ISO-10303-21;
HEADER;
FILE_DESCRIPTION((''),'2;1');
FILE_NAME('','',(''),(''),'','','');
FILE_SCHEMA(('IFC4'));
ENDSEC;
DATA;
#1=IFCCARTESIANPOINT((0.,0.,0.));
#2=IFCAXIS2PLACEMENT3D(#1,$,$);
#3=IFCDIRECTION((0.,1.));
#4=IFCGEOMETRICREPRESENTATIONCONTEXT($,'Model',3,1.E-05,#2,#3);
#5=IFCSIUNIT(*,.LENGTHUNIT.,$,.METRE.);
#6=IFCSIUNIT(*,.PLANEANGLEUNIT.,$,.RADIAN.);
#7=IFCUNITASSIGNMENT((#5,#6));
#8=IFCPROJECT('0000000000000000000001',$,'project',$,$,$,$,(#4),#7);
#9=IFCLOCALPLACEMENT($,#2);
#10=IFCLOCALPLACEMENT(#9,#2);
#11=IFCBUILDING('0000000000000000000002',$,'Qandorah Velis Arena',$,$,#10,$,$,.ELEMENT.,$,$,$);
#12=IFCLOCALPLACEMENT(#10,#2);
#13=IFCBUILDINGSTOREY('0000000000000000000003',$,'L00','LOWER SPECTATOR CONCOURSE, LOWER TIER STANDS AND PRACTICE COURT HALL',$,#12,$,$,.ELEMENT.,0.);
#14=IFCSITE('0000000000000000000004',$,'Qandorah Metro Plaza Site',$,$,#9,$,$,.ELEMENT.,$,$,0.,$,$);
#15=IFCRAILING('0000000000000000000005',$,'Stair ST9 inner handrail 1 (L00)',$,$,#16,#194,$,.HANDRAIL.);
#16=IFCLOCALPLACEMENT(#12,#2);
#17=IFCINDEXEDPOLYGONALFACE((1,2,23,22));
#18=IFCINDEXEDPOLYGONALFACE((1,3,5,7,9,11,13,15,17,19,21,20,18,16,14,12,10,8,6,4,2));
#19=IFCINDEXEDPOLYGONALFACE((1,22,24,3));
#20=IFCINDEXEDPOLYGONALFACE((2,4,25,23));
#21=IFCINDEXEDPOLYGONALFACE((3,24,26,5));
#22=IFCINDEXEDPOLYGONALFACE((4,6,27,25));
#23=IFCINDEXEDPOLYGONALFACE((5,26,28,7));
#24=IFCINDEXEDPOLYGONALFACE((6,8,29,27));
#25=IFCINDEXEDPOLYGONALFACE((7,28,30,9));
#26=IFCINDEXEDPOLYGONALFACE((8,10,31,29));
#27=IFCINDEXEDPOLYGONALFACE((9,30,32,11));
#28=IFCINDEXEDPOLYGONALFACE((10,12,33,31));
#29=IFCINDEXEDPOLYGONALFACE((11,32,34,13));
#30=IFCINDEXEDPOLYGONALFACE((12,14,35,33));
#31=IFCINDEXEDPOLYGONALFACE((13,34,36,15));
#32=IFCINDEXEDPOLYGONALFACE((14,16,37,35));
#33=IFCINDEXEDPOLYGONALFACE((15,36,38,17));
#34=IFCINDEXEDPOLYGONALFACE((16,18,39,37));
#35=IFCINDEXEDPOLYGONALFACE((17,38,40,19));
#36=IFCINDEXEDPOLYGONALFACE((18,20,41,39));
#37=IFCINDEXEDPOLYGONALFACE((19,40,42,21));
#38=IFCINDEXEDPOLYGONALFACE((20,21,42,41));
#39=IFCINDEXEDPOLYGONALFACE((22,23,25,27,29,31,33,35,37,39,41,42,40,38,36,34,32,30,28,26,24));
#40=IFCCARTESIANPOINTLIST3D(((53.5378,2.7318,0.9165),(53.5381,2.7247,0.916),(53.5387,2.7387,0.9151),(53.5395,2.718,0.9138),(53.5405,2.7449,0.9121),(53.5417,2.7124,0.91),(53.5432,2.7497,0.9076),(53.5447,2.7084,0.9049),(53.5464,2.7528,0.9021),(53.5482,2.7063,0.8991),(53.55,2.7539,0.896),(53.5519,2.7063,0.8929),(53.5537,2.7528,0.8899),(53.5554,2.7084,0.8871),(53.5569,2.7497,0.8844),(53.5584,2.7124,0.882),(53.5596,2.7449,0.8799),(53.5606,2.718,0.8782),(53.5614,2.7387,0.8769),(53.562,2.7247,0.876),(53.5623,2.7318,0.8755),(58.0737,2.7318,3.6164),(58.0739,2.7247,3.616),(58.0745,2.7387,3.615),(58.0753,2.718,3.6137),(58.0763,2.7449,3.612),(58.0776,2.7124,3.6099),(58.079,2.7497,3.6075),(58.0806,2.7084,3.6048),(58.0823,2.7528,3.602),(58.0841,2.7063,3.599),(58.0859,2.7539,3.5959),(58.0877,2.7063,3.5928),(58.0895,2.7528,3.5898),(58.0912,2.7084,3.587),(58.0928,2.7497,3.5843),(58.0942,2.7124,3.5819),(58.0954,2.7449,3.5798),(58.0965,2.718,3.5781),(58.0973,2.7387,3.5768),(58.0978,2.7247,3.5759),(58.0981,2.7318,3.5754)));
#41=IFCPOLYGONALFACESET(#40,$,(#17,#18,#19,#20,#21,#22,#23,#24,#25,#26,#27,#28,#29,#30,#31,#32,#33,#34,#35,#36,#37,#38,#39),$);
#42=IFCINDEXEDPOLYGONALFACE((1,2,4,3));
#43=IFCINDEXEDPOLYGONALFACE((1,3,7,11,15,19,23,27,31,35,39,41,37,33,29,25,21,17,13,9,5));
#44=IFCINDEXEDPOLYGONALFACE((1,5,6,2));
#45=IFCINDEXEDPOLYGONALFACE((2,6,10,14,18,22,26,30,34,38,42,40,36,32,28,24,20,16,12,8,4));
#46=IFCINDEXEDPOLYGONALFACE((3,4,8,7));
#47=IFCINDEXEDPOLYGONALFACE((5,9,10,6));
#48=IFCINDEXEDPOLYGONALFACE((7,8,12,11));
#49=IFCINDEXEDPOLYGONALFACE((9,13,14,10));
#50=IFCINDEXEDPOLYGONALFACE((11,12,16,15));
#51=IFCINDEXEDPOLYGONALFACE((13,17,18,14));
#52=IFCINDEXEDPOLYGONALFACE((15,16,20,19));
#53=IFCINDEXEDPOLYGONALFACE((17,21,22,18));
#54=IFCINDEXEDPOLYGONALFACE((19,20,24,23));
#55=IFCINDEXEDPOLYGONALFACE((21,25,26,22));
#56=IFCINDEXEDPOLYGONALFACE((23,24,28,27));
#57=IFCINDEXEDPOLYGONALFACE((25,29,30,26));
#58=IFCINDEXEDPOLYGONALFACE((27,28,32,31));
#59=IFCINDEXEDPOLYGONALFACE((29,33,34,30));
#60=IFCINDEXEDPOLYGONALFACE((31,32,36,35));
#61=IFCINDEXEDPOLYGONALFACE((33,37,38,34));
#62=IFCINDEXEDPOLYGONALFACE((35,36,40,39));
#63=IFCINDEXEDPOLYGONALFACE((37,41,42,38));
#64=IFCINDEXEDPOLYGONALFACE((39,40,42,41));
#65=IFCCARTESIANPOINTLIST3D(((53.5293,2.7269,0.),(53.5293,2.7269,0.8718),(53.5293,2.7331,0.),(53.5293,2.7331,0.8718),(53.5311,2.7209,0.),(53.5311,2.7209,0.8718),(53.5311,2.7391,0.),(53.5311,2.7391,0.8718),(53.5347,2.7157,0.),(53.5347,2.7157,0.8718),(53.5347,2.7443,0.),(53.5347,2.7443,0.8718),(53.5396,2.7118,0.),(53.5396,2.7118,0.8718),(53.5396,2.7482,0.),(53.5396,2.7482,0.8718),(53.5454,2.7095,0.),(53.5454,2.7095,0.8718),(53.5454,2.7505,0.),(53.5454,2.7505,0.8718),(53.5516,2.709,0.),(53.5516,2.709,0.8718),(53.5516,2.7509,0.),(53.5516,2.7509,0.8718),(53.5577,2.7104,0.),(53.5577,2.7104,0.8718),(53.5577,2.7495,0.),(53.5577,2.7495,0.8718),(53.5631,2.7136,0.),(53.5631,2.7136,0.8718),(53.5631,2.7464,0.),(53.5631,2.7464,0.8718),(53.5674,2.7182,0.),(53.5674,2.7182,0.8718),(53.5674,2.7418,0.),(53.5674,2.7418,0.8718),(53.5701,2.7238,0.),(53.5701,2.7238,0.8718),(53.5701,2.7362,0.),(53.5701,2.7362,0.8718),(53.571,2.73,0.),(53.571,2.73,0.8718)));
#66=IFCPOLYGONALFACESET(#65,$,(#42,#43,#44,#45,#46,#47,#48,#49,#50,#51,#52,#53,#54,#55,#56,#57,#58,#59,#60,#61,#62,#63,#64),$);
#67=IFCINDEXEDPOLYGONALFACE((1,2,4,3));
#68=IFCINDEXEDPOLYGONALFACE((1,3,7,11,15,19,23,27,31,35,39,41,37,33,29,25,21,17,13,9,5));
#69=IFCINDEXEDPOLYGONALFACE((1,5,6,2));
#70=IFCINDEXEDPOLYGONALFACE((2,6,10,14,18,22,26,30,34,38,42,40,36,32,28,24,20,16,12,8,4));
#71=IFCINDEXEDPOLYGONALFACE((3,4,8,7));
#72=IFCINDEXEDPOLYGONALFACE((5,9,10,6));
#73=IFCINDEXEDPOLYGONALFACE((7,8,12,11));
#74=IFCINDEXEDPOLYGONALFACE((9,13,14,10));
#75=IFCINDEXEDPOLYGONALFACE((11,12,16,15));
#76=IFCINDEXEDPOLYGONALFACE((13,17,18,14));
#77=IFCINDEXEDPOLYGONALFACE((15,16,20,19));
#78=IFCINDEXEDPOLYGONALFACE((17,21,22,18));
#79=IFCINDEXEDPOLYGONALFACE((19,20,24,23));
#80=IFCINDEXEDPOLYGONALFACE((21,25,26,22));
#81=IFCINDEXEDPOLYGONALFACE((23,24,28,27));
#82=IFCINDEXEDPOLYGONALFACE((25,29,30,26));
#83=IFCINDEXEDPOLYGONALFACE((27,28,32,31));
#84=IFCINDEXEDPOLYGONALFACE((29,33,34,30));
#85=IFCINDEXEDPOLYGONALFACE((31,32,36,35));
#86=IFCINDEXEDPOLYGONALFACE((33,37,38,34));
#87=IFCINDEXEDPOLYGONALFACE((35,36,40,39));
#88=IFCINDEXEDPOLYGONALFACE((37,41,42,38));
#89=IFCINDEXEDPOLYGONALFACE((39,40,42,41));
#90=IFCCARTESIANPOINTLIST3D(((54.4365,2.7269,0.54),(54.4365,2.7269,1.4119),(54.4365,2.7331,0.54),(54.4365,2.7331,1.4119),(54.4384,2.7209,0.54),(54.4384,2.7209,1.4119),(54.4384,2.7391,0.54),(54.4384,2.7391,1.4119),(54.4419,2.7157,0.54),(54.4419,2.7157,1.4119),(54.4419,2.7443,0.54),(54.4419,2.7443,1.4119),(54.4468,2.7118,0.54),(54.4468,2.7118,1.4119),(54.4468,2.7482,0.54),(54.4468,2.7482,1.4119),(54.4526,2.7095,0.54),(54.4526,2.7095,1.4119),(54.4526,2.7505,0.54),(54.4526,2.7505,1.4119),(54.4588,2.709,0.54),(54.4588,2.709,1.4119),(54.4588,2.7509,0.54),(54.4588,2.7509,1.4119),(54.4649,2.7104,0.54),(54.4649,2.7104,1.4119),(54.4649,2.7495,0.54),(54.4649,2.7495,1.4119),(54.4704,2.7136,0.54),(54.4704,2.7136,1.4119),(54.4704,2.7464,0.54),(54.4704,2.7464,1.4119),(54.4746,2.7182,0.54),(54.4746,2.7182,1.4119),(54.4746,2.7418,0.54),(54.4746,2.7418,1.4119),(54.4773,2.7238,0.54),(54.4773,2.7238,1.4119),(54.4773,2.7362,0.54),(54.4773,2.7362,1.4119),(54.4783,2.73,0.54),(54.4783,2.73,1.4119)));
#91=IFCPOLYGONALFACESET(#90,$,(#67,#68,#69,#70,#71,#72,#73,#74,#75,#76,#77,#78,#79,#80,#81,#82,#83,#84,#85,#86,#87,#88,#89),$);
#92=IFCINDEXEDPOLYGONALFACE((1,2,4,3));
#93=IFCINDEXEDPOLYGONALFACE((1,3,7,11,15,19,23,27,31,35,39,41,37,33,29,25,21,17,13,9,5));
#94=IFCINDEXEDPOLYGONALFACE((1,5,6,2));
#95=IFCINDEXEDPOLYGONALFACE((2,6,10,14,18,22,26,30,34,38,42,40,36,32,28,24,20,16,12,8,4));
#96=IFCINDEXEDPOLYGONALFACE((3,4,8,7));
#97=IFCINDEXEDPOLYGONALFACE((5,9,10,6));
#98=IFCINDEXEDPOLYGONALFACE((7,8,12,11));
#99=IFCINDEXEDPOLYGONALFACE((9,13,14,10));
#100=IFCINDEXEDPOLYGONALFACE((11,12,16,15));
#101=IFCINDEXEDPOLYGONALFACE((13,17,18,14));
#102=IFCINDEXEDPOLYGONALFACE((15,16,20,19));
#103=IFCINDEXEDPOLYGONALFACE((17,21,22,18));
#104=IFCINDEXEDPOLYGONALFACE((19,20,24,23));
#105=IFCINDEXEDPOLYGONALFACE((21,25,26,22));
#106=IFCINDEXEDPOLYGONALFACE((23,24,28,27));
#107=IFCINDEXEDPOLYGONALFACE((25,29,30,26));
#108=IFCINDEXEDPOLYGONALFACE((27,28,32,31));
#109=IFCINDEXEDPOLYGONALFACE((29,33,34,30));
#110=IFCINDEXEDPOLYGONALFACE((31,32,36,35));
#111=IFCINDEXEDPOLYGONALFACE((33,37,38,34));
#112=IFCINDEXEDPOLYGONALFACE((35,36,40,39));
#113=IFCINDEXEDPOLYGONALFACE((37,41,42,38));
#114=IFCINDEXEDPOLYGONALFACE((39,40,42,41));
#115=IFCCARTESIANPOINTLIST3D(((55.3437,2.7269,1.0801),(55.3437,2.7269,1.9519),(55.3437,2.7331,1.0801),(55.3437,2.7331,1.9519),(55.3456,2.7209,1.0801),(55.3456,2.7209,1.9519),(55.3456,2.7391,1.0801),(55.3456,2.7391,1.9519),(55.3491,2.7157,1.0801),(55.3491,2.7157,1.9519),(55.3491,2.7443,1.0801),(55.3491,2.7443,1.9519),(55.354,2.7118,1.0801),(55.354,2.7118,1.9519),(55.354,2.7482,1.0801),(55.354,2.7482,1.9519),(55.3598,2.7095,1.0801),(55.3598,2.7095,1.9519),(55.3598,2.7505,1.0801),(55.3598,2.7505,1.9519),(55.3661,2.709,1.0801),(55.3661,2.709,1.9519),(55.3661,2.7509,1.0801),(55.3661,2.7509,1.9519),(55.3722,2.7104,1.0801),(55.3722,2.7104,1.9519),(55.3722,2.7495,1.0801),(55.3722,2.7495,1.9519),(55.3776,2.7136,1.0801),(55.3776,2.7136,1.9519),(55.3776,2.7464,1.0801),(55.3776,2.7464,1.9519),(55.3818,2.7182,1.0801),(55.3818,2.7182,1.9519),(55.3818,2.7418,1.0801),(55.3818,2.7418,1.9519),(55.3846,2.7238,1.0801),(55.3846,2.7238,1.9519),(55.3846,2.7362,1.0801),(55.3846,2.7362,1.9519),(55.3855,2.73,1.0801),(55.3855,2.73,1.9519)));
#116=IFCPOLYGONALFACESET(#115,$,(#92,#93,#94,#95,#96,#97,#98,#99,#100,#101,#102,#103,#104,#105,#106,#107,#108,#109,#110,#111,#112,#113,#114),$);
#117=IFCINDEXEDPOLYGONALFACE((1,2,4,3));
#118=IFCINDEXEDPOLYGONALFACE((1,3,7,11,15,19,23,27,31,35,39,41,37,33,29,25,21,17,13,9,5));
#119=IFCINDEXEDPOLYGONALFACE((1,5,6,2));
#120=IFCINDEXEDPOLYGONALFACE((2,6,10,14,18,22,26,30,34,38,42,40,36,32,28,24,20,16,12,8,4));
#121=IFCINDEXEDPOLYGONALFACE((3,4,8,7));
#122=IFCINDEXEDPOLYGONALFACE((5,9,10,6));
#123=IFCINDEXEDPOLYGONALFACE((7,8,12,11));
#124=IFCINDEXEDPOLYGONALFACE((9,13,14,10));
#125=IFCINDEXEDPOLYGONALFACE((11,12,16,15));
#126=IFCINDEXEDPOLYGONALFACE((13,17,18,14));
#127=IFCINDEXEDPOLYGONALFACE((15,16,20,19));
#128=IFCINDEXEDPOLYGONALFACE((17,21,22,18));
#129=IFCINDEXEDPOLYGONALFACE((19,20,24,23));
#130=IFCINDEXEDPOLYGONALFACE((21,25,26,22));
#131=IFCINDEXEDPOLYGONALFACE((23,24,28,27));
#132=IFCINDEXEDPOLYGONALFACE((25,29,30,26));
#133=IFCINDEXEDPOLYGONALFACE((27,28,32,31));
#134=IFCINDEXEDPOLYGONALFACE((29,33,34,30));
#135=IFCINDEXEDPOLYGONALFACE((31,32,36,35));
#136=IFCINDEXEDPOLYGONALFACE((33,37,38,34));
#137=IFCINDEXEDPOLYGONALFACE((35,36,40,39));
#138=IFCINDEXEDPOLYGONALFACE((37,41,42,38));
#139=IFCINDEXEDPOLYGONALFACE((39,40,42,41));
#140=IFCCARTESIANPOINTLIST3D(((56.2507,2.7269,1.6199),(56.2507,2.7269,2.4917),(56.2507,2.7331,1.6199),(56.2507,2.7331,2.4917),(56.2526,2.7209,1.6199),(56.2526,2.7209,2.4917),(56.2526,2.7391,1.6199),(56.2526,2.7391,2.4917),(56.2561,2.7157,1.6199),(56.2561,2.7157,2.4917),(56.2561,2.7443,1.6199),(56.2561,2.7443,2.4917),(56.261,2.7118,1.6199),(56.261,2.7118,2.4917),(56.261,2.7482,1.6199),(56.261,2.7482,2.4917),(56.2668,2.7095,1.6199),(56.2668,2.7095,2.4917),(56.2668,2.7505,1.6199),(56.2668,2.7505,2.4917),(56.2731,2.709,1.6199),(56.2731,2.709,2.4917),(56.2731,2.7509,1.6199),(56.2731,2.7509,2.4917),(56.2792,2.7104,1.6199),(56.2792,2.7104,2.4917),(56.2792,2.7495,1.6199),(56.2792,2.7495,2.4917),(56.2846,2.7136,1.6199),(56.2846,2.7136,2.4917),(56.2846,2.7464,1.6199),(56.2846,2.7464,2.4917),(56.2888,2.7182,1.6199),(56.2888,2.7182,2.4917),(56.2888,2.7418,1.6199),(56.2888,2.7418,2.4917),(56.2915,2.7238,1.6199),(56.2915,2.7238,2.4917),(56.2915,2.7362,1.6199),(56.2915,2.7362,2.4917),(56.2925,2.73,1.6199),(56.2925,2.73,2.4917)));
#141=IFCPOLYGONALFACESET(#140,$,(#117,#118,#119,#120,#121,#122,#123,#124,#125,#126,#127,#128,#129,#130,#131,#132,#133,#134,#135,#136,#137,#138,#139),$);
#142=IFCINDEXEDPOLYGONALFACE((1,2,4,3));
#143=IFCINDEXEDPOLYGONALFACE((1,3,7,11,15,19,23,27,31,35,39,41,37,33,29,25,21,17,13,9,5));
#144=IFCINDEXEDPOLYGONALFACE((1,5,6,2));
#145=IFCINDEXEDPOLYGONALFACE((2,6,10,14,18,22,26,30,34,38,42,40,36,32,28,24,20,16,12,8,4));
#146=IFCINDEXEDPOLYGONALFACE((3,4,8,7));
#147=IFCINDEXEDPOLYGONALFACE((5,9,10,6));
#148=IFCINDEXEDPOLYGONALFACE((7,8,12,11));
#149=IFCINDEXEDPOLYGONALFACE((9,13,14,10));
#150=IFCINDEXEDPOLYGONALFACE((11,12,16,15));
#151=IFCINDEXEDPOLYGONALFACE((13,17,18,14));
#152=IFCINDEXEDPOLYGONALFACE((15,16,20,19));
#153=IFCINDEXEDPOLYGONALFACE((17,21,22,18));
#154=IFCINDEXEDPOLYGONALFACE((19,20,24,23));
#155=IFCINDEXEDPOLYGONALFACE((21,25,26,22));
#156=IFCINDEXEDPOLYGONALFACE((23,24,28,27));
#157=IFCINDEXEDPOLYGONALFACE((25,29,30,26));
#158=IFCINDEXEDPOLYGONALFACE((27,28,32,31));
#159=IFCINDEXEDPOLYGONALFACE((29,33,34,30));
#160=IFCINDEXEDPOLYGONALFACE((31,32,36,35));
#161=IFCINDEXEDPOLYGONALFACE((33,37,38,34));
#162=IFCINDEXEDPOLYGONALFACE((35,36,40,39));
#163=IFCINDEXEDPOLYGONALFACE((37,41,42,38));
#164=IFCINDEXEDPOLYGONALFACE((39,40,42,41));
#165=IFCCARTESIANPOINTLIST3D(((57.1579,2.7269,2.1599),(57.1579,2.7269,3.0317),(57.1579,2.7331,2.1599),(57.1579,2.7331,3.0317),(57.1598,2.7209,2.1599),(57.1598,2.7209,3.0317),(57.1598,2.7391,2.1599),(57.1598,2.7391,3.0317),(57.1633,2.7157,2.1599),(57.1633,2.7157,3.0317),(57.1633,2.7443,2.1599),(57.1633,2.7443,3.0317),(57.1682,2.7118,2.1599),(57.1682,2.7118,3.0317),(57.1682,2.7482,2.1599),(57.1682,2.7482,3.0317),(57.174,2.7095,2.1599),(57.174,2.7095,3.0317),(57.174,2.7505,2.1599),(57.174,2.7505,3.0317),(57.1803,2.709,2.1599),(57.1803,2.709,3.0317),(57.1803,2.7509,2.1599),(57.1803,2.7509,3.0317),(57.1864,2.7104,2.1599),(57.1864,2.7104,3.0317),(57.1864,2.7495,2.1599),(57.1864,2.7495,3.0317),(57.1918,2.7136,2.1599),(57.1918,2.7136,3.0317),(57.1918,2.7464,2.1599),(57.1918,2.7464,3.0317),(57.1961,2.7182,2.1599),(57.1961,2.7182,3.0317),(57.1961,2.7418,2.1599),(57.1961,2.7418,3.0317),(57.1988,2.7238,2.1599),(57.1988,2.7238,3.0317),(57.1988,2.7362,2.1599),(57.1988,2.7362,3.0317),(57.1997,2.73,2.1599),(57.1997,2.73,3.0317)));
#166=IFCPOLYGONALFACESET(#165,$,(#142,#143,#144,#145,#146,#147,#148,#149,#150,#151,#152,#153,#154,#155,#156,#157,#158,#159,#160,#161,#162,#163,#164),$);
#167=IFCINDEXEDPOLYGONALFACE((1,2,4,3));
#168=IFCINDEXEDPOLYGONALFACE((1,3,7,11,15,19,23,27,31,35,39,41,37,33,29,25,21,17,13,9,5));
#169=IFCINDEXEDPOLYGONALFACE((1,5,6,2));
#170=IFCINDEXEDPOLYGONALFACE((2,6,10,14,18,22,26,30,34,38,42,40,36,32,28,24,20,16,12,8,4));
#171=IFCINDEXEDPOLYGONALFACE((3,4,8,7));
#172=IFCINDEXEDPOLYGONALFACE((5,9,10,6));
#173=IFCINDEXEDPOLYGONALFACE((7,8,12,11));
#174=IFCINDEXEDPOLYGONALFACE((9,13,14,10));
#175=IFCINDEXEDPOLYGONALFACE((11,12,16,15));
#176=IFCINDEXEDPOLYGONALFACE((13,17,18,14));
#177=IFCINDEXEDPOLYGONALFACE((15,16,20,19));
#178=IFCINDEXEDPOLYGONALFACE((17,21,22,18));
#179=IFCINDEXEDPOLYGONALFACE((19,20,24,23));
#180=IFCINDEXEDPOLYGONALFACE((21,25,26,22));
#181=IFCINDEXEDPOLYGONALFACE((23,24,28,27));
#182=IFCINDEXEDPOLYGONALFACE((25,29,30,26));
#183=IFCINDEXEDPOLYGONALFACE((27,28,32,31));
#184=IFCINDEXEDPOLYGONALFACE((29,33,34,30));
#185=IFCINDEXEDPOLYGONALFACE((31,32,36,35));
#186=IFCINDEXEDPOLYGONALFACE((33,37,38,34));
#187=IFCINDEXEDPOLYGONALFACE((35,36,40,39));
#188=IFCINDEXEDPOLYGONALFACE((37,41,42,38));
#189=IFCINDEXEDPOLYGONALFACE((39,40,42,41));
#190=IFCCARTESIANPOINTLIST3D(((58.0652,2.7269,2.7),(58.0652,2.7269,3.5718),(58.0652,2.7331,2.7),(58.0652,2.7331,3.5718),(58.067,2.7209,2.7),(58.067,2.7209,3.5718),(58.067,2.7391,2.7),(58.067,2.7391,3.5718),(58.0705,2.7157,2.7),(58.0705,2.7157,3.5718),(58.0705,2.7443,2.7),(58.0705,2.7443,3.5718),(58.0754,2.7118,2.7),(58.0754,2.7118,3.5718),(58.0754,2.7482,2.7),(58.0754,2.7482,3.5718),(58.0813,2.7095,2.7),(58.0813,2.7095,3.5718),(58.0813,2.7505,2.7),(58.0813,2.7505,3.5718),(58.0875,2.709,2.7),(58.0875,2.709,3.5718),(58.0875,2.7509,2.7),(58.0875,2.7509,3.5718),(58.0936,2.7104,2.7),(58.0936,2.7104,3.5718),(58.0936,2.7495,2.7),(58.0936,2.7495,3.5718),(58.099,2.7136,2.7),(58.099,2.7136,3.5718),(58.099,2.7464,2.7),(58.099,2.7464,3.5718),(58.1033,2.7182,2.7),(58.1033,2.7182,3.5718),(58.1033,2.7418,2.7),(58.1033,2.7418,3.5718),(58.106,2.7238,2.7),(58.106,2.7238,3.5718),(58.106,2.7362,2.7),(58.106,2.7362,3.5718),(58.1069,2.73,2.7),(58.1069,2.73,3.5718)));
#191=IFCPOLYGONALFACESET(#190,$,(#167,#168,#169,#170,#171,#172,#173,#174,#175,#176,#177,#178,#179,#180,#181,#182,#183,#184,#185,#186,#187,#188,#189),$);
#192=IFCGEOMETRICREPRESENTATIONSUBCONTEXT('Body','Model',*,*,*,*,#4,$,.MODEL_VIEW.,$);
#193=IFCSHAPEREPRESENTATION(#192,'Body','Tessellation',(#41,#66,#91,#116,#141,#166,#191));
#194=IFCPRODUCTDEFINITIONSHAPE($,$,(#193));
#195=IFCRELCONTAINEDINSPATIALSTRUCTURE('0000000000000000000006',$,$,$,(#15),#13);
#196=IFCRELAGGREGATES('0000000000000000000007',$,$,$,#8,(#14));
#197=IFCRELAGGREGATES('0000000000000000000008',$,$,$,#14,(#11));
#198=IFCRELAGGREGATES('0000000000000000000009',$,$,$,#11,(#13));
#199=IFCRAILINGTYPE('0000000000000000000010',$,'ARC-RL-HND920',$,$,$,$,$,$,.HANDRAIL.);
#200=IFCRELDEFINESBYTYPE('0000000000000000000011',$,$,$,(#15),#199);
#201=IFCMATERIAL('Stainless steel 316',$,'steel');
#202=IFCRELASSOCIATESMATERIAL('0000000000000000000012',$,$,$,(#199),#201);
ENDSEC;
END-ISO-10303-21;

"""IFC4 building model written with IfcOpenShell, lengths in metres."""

from ifc_helpers import new_model, si_unit, direction, frame, origin, origin_2d, place, context, subcontext, project, spatial, circle, extrude, material, type_object, element, save


model = new_model("IFC4")

# Units and contexts
model_context = context("Model", 3, precision=1e-05, world=origin(), true_north=direction((0.0, 1.0)))
body_context = subcontext(model_context, "Body", "Model", "MODEL_VIEW")
ifc_project = project(units=[si_unit("LENGTHUNIT", "METRE"), si_unit("PLANEANGLEUNIT", "RADIAN")], contexts=[model_context])

# Site, building, storey
site_placement = place(None, origin())
site = spatial("IfcSite", under=ifc_project, at=site_placement, Name="Qandorah Metro Plaza Site", CompositionType="ELEMENT", RefElevation=0.0)
building_placement = place(site_placement, origin())
building = spatial("IfcBuilding", under=site, at=building_placement, Name="Qandorah Velis Arena", CompositionType="ELEMENT")
storey_placement = place(building_placement, origin())
storey = spatial("IfcBuildingStorey", under=building, at=storey_placement, Name="L00", Description="LOWER SPECTATOR CONCOURSE, LOWER TIER STANDS AND PRACTICE COURT HALL", CompositionType="ELEMENT", Elevation=0.0)

# Railing
ifc_material_1 = material(Name="Stainless steel 316", Category="steel")
railing_type_1 = type_object("IfcRailingType", Name="ARC-RL-HND920", PredefinedType="HANDRAIL", material=ifc_material_1)
railing_1_placement = place(storey_placement, frame((53.55, 2.73, 0.0)))
element("IfcRailing", 1, at=railing_1_placement, inside=storey, type_object=railing_type_1, Name="Stair ST9 inner handrail 1 (L00)", PredefinedType="HANDRAIL", context=body_context, shape_type="SweptSolid", body=[
    extrude(circle(Radius=0.0239, at=origin_2d()), frame((0.0, 0.0, 0.896), z_axis=(0.859291, 0.0, 0.511486), x_axis=(0.0, 1.0, 0.0)), (0.0, 0.0, 1.0), 5.2786),
    extrude(circle(Radius=0.021, at=origin_2d()), origin(), (0.0, 0.0, 1.0), 0.8718),
    extrude(circle(Radius=0.021, at=origin_2d()), frame((0.9072, 0.0, 0.54)), (0.0, 0.0, 1.0), 0.8718),
    extrude(circle(Radius=0.021, at=origin_2d()), frame((1.8145, 0.0, 1.0801)), (0.0, 0.0, 1.0), 0.8718),
    extrude(circle(Radius=0.021, at=origin_2d()), frame((2.7214, 0.0, 1.6199)), (0.0, 0.0, 1.0), 0.8718),
    extrude(circle(Radius=0.021, at=origin_2d()), frame((3.6287, 0.0, 2.1599)), (0.0, 0.0, 1.0), 0.8718),
    extrude(circle(Radius=0.021, at=origin_2d()), frame((4.5359, 0.0, 2.7)), (0.0, 0.0, 1.0), 0.8718),
])

save(model, "model.ifc")
